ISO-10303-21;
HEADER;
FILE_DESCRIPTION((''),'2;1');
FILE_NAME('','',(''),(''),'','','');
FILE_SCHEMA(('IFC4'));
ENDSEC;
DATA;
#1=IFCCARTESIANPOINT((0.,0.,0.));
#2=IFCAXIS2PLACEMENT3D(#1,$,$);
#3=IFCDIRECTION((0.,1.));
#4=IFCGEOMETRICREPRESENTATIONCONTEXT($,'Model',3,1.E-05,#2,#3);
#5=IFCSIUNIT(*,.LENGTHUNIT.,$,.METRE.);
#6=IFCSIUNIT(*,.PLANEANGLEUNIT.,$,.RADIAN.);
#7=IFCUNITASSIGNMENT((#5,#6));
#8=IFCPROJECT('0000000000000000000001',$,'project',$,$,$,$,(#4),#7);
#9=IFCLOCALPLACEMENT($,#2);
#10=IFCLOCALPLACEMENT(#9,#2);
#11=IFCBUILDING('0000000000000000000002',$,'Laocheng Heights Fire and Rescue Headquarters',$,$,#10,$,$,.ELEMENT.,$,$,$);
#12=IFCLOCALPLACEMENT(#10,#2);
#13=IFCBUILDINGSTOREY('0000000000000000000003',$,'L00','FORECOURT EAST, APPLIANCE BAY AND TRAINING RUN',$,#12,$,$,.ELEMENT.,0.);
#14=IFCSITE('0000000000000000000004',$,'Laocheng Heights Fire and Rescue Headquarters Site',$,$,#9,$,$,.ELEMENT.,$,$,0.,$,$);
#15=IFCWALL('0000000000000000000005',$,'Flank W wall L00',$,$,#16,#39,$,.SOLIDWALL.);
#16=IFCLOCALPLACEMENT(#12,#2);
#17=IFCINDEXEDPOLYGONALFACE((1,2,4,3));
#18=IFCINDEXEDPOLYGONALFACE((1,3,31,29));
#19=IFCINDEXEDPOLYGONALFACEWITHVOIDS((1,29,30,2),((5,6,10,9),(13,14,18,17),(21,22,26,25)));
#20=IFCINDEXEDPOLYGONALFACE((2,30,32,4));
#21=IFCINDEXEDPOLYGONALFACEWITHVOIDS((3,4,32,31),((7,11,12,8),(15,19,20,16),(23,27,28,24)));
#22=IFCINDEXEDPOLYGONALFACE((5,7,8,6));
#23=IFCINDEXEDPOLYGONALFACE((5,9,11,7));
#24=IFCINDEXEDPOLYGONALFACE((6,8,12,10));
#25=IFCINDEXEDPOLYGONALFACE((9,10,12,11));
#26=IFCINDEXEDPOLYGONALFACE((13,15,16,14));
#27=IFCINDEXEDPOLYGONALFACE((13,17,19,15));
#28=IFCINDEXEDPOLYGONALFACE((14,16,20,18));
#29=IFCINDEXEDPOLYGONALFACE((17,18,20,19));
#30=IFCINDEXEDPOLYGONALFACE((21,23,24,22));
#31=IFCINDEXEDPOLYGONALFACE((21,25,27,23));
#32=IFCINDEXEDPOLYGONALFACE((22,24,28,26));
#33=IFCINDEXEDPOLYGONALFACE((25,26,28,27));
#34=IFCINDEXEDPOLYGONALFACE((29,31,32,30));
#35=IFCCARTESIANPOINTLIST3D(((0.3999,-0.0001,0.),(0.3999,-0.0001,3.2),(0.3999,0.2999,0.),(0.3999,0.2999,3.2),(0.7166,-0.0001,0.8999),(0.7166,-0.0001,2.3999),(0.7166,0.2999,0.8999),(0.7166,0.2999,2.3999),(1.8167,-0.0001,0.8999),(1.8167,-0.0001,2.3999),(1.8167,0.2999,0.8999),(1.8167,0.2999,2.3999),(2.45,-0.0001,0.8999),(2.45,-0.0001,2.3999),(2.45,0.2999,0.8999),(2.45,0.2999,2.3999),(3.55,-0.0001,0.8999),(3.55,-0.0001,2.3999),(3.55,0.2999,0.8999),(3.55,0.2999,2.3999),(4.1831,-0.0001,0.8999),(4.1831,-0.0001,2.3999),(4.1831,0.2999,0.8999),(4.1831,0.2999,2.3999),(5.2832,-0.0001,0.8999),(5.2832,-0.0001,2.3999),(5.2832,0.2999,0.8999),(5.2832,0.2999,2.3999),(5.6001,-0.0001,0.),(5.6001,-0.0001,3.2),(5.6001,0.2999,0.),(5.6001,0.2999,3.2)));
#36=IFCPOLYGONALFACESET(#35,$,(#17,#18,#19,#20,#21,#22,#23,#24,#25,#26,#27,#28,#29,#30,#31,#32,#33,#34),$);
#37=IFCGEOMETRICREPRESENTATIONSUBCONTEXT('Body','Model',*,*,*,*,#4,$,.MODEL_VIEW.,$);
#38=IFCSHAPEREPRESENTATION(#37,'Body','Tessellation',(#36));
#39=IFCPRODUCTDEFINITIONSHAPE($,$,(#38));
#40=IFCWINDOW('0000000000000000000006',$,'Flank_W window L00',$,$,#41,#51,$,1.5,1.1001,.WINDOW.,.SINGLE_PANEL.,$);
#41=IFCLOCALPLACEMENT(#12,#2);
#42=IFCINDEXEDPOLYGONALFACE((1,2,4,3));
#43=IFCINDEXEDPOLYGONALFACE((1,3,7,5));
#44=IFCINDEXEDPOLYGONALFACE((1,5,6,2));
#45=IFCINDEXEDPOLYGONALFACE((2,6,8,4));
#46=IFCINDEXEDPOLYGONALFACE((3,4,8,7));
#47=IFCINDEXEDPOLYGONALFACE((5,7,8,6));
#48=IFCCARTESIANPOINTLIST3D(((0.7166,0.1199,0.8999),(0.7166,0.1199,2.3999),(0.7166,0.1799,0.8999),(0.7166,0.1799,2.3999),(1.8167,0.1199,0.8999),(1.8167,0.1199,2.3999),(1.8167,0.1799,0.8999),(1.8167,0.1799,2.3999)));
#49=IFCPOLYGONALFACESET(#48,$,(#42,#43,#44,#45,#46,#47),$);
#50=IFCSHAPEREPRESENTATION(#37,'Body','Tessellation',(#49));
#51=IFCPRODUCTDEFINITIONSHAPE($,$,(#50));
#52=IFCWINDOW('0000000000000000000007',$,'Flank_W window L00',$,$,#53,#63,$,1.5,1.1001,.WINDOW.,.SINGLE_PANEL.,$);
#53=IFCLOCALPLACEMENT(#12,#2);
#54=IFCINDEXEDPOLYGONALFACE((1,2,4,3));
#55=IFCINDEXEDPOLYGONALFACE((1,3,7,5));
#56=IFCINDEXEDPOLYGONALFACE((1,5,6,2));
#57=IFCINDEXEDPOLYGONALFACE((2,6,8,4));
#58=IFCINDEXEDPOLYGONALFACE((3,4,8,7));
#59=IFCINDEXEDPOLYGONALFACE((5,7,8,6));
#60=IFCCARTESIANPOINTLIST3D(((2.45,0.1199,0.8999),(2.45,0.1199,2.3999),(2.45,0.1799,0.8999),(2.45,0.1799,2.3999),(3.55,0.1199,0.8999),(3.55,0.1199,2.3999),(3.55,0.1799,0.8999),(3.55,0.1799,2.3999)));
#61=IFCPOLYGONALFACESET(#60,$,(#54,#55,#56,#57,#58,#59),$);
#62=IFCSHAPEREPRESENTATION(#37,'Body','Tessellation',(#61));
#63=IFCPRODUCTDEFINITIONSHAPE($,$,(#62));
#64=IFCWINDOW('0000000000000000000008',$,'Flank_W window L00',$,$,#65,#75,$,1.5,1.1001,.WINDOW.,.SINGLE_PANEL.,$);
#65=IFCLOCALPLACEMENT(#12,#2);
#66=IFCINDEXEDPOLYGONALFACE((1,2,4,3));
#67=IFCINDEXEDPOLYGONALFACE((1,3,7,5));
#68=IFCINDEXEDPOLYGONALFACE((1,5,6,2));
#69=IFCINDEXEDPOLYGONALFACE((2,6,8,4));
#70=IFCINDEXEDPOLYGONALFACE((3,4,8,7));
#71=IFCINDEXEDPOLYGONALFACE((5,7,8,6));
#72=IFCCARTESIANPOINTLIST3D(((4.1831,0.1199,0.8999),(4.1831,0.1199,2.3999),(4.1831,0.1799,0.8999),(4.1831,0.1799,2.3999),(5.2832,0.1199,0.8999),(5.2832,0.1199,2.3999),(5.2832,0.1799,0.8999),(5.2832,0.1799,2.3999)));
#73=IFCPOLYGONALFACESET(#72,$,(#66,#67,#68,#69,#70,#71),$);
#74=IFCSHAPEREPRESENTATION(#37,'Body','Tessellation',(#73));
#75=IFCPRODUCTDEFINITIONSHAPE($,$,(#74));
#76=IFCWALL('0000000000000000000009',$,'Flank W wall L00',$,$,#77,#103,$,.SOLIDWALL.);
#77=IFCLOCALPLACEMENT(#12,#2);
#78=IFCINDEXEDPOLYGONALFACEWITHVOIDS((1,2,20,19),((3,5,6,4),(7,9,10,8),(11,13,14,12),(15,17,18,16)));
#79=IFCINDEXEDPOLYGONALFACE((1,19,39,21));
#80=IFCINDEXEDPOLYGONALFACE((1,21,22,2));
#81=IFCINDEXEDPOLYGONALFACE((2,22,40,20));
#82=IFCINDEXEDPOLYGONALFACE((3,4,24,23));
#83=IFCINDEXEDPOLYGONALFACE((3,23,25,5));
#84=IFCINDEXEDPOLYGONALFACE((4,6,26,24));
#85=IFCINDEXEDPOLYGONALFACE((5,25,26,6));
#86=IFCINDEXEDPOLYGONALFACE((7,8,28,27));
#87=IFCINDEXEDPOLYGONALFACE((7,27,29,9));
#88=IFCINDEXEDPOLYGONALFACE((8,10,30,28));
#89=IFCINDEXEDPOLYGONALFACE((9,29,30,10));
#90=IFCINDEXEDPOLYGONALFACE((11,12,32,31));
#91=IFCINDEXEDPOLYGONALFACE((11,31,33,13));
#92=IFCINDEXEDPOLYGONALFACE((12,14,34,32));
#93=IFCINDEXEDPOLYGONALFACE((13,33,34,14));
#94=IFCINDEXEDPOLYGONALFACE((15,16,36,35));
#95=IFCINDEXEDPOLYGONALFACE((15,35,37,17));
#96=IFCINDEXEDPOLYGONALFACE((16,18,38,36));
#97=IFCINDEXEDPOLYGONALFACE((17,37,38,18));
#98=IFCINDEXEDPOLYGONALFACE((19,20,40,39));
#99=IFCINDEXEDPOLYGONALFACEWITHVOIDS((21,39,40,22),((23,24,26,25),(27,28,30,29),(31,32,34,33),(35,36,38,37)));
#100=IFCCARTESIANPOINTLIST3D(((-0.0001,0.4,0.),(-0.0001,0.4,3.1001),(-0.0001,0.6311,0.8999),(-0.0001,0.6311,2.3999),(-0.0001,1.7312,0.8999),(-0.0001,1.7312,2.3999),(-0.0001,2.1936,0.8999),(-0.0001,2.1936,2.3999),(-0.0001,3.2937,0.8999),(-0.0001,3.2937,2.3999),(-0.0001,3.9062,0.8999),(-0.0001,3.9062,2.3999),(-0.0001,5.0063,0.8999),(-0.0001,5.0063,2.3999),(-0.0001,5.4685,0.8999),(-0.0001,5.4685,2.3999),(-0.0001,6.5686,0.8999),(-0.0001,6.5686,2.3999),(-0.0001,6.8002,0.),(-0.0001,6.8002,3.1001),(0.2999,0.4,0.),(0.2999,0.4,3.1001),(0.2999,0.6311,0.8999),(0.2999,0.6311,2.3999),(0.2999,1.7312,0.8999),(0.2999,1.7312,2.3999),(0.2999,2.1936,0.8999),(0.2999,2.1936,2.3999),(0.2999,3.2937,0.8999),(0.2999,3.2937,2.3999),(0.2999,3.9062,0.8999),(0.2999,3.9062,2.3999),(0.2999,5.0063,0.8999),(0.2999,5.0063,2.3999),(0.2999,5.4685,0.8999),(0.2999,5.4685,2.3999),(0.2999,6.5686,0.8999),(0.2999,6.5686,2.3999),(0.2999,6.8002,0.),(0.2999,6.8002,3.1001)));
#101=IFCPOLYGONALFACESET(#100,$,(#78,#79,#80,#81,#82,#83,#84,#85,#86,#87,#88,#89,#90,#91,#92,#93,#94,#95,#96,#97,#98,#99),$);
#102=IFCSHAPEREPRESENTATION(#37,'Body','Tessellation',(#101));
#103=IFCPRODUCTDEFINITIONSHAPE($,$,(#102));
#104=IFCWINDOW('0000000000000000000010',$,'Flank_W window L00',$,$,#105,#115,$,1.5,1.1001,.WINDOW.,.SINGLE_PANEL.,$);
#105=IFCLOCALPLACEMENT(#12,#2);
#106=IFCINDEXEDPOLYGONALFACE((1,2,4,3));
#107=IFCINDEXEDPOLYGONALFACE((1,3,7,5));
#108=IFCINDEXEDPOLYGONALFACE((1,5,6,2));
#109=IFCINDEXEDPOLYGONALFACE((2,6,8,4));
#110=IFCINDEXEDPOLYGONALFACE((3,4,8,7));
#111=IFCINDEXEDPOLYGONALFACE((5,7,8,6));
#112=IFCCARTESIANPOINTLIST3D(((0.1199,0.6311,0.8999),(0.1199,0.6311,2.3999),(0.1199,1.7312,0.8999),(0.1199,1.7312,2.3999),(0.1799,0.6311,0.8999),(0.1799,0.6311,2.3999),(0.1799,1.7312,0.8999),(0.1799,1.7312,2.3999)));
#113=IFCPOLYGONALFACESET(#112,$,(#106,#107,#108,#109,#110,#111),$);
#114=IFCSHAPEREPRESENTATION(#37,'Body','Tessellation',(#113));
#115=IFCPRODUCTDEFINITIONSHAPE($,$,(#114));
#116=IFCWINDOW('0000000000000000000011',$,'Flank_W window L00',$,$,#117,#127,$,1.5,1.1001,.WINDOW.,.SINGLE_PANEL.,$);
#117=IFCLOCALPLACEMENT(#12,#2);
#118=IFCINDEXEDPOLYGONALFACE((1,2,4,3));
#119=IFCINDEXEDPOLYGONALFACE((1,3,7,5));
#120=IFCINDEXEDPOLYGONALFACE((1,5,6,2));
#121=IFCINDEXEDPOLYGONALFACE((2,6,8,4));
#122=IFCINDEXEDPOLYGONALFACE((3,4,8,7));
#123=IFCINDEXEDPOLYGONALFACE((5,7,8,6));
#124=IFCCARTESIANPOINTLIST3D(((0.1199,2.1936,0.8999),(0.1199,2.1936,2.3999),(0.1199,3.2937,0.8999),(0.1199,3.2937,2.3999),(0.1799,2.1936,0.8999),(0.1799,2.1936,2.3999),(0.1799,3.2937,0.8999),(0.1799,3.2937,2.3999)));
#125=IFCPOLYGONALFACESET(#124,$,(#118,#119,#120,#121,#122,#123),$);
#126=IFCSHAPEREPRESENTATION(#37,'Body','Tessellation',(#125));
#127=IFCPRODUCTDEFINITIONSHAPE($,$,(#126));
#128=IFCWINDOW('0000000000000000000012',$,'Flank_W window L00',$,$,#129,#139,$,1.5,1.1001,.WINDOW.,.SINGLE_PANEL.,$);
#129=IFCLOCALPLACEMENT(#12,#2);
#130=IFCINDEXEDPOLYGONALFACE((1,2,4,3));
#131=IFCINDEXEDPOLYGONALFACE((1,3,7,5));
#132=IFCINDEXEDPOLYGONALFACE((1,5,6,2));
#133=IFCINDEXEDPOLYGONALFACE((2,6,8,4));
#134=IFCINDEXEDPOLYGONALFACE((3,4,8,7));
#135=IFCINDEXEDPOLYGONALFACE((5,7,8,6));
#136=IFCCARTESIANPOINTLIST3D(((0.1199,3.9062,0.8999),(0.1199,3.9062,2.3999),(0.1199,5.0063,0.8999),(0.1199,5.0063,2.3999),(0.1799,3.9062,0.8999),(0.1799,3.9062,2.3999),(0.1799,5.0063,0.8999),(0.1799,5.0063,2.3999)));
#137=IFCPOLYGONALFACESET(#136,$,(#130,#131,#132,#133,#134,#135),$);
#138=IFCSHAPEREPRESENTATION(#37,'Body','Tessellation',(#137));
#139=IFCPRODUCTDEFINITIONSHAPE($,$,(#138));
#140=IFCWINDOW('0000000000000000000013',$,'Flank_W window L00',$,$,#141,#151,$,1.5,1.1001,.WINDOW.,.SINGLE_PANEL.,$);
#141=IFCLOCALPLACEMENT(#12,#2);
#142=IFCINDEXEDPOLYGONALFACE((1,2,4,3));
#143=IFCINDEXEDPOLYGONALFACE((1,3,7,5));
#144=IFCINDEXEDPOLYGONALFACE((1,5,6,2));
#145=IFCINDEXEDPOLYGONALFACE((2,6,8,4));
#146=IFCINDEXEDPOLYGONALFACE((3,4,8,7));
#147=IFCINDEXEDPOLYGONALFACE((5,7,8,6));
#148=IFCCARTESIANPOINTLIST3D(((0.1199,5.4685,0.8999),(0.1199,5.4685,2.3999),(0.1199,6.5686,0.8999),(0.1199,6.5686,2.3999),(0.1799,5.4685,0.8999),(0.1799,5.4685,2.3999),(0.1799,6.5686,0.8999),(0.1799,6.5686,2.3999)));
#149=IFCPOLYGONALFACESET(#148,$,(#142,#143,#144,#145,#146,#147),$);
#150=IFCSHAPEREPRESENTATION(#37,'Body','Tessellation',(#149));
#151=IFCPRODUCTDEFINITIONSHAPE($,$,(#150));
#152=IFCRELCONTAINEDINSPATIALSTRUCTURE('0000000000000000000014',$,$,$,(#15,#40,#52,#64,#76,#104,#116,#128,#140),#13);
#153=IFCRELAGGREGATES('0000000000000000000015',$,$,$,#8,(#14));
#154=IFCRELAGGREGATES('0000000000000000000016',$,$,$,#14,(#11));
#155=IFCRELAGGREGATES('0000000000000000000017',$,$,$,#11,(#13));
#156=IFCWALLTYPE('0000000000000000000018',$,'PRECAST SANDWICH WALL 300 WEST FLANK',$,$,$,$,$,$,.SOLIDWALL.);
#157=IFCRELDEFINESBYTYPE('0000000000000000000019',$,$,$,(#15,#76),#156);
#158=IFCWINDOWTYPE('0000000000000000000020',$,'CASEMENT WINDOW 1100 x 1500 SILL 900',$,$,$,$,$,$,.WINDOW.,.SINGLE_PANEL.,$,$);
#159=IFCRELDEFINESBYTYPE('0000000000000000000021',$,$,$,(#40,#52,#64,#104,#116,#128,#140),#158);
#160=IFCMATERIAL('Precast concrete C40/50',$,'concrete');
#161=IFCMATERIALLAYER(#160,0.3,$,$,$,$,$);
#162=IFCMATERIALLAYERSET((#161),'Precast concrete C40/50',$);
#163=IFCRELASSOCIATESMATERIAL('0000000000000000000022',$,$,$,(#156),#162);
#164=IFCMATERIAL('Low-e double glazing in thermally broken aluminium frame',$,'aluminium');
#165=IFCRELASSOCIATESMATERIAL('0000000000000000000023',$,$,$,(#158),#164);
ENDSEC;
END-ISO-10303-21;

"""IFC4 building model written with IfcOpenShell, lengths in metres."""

from ifc_helpers import new_model, si_unit, direction, frame, frame_2d, origin, place, context, subcontext, project, spatial, rectangle, extrude, material, layer, layer_set, type_object, element, fill, save


model = new_model("IFC4")

# Units and contexts
model_context = context("Model", 3, precision=1e-05, world=origin(), true_north=direction((0.0, 1.0)))
body_context = subcontext(model_context, "Body", "Model", "MODEL_VIEW")
ifc_project = project(units=[si_unit("LENGTHUNIT", "METRE"), si_unit("PLANEANGLEUNIT", "RADIAN")], contexts=[model_context])

# Site, building, storey
site_placement = place(None, origin())
site = spatial("IfcSite", under=ifc_project, at=site_placement, Name="Laocheng Heights Fire and Rescue Headquarters Site", CompositionType="ELEMENT", RefElevation=0.0)
building_placement = place(site_placement, origin())
building = spatial("IfcBuilding", under=site, at=building_placement, Name="Laocheng Heights Fire and Rescue Headquarters", CompositionType="ELEMENT")
storey_placement = place(building_placement, origin())
storey = spatial("IfcBuildingStorey", under=building, at=storey_placement, Name="L00", Description="FORECOURT EAST, APPLIANCE BAY AND TRAINING RUN", CompositionType="ELEMENT", Elevation=0.0)

# Walls, openings, windows
ifc_material_1 = material(Name="Precast concrete C40/50", Category="concrete")
ifc_layer_1 = layer(ifc_material_1, 0.3)
ifc_layer_set_1 = layer_set([ifc_layer_1], Name="Precast concrete C40/50")
wall_type = type_object("IfcWallType", Name="PRECAST SANDWICH WALL 300 WEST FLANK", PredefinedType="SOLIDWALL", material=ifc_layer_set_1)
wall_1_placement = place(storey_placement, frame((0.3999, 0.1499, 0.0), z_axis=(0.0, 0.0, 1.0), x_axis=(1.0, 0.0, 0.0)))
wall_1 = element("IfcWall", 1, at=wall_1_placement, inside=storey, type_object=wall_type, Name="Flank W wall L00", PredefinedType="SOLIDWALL", context=body_context, shape_type="SweptSolid", body=[
    extrude(rectangle(XDim=5.2002, YDim=0.3, at=frame_2d((2.6001, 0.0))), origin(), (0.0, 0.0, 1.0), 3.2),
])
opening_1_placement = place(wall_1_placement, frame((0.3167, 0.0, 0.8999)))
opening_1 = element("IfcOpeningElement", 2, at=opening_1_placement, cuts=wall_1, PredefinedType="OPENING", context=body_context, shape_type="SweptSolid", body=[
    extrude(rectangle(XDim=1.1001, YDim=1.5, at=frame_2d((0.55, 0.75))), frame((0.0, 0.1599, 0.0), z_axis=(0.0, -1.0, 0.0), x_axis=(1.0, 0.0, 0.0)), (0.0, 0.0, 1.0), 0.3201),
])
opening_2_placement = place(wall_1_placement, frame((2.05, 0.0, 0.8999)))
opening_2 = element("IfcOpeningElement", 3, at=opening_2_placement, cuts=wall_1, PredefinedType="OPENING", context=body_context, shape_type="SweptSolid", body=[
    extrude(rectangle(XDim=1.1001, YDim=1.5, at=frame_2d((0.55, 0.75))), frame((0.0, 0.1599, 0.0), z_axis=(0.0, -1.0, 0.0), x_axis=(1.0, 0.0, 0.0)), (0.0, 0.0, 1.0), 0.3201),
])
opening_3_placement = place(wall_1_placement, frame((3.7832, 0.0, 0.8999)))
opening_3 = element("IfcOpeningElement", 4, at=opening_3_placement, cuts=wall_1, PredefinedType="OPENING", context=body_context, shape_type="SweptSolid", body=[
    extrude(rectangle(XDim=1.1001, YDim=1.5, at=frame_2d((0.55, 0.75))), frame((0.0, 0.1599, 0.0), z_axis=(0.0, -1.0, 0.0), x_axis=(1.0, 0.0, 0.0)), (0.0, 0.0, 1.0), 0.3201),
])
ifc_material_2 = material(Name="Low-e double glazing in thermally broken aluminium frame", Category="aluminium")
window_type = type_object("IfcWindowType", Name="CASEMENT WINDOW 1100 x 1500 SILL 900", PartitioningType="SINGLE_PANEL", PredefinedType="WINDOW", material=ifc_material_2)
window_1_placement = place(opening_1_placement, origin())
window_1 = element("IfcWindow", 5, at=window_1_placement, inside=storey, type_object=window_type, Name="Flank_W window L00", OverallHeight=1.5, OverallWidth=1.1001, PartitioningType="SINGLE_PANEL", PredefinedType="WINDOW", context=body_context, shape_type="SweptSolid", body=[
    extrude(rectangle(XDim=1.1001, YDim=1.5, at=frame_2d((0.55, 0.75))), frame((0.0, 0.03, 0.0), z_axis=(0.0, -1.0, 0.0), x_axis=(1.0, 0.0, 0.0)), (0.0, 0.0, 1.0), 0.0601),
])
fill(opening_1, window_1)
window_2_placement = place(opening_2_placement, origin())
window_2 = element("IfcWindow", 6, at=window_2_placement, inside=storey, type_object=window_type, Name="Flank_W window L00", OverallHeight=1.5, OverallWidth=1.1001, PartitioningType="SINGLE_PANEL", PredefinedType="WINDOW", context=body_context, shape_type="SweptSolid", body=[
    extrude(rectangle(XDim=1.1001, YDim=1.5, at=frame_2d((0.55, 0.75))), frame((0.0, 0.03, 0.0), z_axis=(0.0, -1.0, 0.0), x_axis=(1.0, 0.0, 0.0)), (0.0, 0.0, 1.0), 0.0601),
])
fill(opening_2, window_2)
window_3_placement = place(opening_3_placement, origin())
window_3 = element("IfcWindow", 7, at=window_3_placement, inside=storey, type_object=window_type, Name="Flank_W window L00", OverallHeight=1.5, OverallWidth=1.1001, PartitioningType="SINGLE_PANEL", PredefinedType="WINDOW", context=body_context, shape_type="SweptSolid", body=[
    extrude(rectangle(XDim=1.1001, YDim=1.5, at=frame_2d((0.55, 0.75))), frame((0.0, 0.03, 0.0), z_axis=(0.0, -1.0, 0.0), x_axis=(1.0, 0.0, 0.0)), (0.0, 0.0, 1.0), 0.0601),
])
fill(opening_3, window_3)
wall_2_placement = place(storey_placement, frame((0.1499, 0.3999, 0.0), z_axis=(0.0, 0.0, 1.0), x_axis=(0.0, 1.0, 0.0)))
wall_2 = element("IfcWall", 8, at=wall_2_placement, inside=storey, type_object=wall_type, Name="Flank W wall L00", PredefinedType="SOLIDWALL", context=body_context, shape_type="SweptSolid", body=[
    extrude(rectangle(XDim=6.4001, YDim=0.3, at=frame_2d((3.2002, 0.0))), origin(), (0.0, 0.0, 1.0), 3.1001),
])
opening_4_placement = place(wall_2_placement, frame((0.2312, 0.0, 0.8999)))
opening_4 = element("IfcOpeningElement", 9, at=opening_4_placement, cuts=wall_2, PredefinedType="OPENING", context=body_context, shape_type="SweptSolid", body=[
    extrude(rectangle(XDim=1.1001, YDim=1.5, at=frame_2d((0.55, 0.75))), frame((0.0, 0.1599, 0.0), z_axis=(0.0, -1.0, 0.0), x_axis=(1.0, 0.0, 0.0)), (0.0, 0.0, 1.0), 0.3201),
])
opening_5_placement = place(wall_2_placement, frame((1.7937, 0.0, 0.8999)))
opening_5 = element("IfcOpeningElement", 10, at=opening_5_placement, cuts=wall_2, PredefinedType="OPENING", context=body_context, shape_type="SweptSolid", body=[
    extrude(rectangle(XDim=1.1001, YDim=1.5, at=frame_2d((0.55, 0.75))), frame((0.0, 0.1599, 0.0), z_axis=(0.0, -1.0, 0.0), x_axis=(1.0, 0.0, 0.0)), (0.0, 0.0, 1.0), 0.3201),
])
opening_6_placement = place(wall_2_placement, frame((3.5063, 0.0, 0.8999)))
opening_6 = element("IfcOpeningElement", 11, at=opening_6_placement, cuts=wall_2, PredefinedType="OPENING", context=body_context, shape_type="SweptSolid", body=[
    extrude(rectangle(XDim=1.1001, YDim=1.5, at=frame_2d((0.55, 0.75))), frame((0.0, 0.1599, 0.0), z_axis=(0.0, -1.0, 0.0), x_axis=(1.0, 0.0, 0.0)), (0.0, 0.0, 1.0), 0.3201),
])
opening_7_placement = place(wall_2_placement, frame((5.0686, 0.0, 0.8999)))
opening_7 = element("IfcOpeningElement", 12, at=opening_7_placement, cuts=wall_2, PredefinedType="OPENING", context=body_context, shape_type="SweptSolid", body=[
    extrude(rectangle(XDim=1.1001, YDim=1.5, at=frame_2d((0.55, 0.75))), frame((0.0, 0.1599, 0.0), z_axis=(0.0, -1.0, 0.0), x_axis=(1.0, 0.0, 0.0)), (0.0, 0.0, 1.0), 0.3201),
])
window_4_placement = place(opening_4_placement, origin())
window_4 = element("IfcWindow", 13, at=window_4_placement, inside=storey, type_object=window_type, Name="Flank_W window L00", OverallHeight=1.5, OverallWidth=1.1001, PartitioningType="SINGLE_PANEL", PredefinedType="WINDOW", context=body_context, shape_type="SweptSolid", body=[
    extrude(rectangle(XDim=1.1001, YDim=1.5, at=frame_2d((0.55, 0.75))), frame((0.0, 0.03, 0.0), z_axis=(0.0, -1.0, 0.0), x_axis=(1.0, 0.0, 0.0)), (0.0, 0.0, 1.0), 0.0601),
])
fill(opening_4, window_4)
window_5_placement = place(opening_5_placement, origin())
window_5 = element("IfcWindow", 14, at=window_5_placement, inside=storey, type_object=window_type, Name="Flank_W window L00", OverallHeight=1.5, OverallWidth=1.1001, PartitioningType="SINGLE_PANEL", PredefinedType="WINDOW", context=body_context, shape_type="SweptSolid", body=[
    extrude(rectangle(XDim=1.1001, YDim=1.5, at=frame_2d((0.55, 0.75))), frame((0.0, 0.03, 0.0), z_axis=(0.0, -1.0, 0.0), x_axis=(1.0, 0.0, 0.0)), (0.0, 0.0, 1.0), 0.0601),
])
fill(opening_5, window_5)
window_6_placement = place(opening_6_placement, origin())
window_6 = element("IfcWindow", 15, at=window_6_placement, inside=storey, type_object=window_type, Name="Flank_W window L00", OverallHeight=1.5, OverallWidth=1.1001, PartitioningType="SINGLE_PANEL", PredefinedType="WINDOW", context=body_context, shape_type="SweptSolid", body=[
    extrude(rectangle(XDim=1.1001, YDim=1.5, at=frame_2d((0.55, 0.75))), frame((0.0, 0.03, 0.0), z_axis=(0.0, -1.0, 0.0), x_axis=(1.0, 0.0, 0.0)), (0.0, 0.0, 1.0), 0.0601),
])
fill(opening_6, window_6)
window_7_placement = place(opening_7_placement, origin())
window_7 = element("IfcWindow", 16, at=window_7_placement, inside=storey, type_object=window_type, Name="Flank_W window L00", OverallHeight=1.5, OverallWidth=1.1001, PartitioningType="SINGLE_PANEL", PredefinedType="WINDOW", context=body_context, shape_type="SweptSolid", body=[
    extrude(rectangle(XDim=1.1001, YDim=1.5, at=frame_2d((0.55, 0.75))), frame((0.0, 0.03, 0.0), z_axis=(0.0, -1.0, 0.0), x_axis=(1.0, 0.0, 0.0)), (0.0, 0.0, 1.0), 0.0601),
])
fill(opening_7, window_7)

save(model, "model.ifc")
